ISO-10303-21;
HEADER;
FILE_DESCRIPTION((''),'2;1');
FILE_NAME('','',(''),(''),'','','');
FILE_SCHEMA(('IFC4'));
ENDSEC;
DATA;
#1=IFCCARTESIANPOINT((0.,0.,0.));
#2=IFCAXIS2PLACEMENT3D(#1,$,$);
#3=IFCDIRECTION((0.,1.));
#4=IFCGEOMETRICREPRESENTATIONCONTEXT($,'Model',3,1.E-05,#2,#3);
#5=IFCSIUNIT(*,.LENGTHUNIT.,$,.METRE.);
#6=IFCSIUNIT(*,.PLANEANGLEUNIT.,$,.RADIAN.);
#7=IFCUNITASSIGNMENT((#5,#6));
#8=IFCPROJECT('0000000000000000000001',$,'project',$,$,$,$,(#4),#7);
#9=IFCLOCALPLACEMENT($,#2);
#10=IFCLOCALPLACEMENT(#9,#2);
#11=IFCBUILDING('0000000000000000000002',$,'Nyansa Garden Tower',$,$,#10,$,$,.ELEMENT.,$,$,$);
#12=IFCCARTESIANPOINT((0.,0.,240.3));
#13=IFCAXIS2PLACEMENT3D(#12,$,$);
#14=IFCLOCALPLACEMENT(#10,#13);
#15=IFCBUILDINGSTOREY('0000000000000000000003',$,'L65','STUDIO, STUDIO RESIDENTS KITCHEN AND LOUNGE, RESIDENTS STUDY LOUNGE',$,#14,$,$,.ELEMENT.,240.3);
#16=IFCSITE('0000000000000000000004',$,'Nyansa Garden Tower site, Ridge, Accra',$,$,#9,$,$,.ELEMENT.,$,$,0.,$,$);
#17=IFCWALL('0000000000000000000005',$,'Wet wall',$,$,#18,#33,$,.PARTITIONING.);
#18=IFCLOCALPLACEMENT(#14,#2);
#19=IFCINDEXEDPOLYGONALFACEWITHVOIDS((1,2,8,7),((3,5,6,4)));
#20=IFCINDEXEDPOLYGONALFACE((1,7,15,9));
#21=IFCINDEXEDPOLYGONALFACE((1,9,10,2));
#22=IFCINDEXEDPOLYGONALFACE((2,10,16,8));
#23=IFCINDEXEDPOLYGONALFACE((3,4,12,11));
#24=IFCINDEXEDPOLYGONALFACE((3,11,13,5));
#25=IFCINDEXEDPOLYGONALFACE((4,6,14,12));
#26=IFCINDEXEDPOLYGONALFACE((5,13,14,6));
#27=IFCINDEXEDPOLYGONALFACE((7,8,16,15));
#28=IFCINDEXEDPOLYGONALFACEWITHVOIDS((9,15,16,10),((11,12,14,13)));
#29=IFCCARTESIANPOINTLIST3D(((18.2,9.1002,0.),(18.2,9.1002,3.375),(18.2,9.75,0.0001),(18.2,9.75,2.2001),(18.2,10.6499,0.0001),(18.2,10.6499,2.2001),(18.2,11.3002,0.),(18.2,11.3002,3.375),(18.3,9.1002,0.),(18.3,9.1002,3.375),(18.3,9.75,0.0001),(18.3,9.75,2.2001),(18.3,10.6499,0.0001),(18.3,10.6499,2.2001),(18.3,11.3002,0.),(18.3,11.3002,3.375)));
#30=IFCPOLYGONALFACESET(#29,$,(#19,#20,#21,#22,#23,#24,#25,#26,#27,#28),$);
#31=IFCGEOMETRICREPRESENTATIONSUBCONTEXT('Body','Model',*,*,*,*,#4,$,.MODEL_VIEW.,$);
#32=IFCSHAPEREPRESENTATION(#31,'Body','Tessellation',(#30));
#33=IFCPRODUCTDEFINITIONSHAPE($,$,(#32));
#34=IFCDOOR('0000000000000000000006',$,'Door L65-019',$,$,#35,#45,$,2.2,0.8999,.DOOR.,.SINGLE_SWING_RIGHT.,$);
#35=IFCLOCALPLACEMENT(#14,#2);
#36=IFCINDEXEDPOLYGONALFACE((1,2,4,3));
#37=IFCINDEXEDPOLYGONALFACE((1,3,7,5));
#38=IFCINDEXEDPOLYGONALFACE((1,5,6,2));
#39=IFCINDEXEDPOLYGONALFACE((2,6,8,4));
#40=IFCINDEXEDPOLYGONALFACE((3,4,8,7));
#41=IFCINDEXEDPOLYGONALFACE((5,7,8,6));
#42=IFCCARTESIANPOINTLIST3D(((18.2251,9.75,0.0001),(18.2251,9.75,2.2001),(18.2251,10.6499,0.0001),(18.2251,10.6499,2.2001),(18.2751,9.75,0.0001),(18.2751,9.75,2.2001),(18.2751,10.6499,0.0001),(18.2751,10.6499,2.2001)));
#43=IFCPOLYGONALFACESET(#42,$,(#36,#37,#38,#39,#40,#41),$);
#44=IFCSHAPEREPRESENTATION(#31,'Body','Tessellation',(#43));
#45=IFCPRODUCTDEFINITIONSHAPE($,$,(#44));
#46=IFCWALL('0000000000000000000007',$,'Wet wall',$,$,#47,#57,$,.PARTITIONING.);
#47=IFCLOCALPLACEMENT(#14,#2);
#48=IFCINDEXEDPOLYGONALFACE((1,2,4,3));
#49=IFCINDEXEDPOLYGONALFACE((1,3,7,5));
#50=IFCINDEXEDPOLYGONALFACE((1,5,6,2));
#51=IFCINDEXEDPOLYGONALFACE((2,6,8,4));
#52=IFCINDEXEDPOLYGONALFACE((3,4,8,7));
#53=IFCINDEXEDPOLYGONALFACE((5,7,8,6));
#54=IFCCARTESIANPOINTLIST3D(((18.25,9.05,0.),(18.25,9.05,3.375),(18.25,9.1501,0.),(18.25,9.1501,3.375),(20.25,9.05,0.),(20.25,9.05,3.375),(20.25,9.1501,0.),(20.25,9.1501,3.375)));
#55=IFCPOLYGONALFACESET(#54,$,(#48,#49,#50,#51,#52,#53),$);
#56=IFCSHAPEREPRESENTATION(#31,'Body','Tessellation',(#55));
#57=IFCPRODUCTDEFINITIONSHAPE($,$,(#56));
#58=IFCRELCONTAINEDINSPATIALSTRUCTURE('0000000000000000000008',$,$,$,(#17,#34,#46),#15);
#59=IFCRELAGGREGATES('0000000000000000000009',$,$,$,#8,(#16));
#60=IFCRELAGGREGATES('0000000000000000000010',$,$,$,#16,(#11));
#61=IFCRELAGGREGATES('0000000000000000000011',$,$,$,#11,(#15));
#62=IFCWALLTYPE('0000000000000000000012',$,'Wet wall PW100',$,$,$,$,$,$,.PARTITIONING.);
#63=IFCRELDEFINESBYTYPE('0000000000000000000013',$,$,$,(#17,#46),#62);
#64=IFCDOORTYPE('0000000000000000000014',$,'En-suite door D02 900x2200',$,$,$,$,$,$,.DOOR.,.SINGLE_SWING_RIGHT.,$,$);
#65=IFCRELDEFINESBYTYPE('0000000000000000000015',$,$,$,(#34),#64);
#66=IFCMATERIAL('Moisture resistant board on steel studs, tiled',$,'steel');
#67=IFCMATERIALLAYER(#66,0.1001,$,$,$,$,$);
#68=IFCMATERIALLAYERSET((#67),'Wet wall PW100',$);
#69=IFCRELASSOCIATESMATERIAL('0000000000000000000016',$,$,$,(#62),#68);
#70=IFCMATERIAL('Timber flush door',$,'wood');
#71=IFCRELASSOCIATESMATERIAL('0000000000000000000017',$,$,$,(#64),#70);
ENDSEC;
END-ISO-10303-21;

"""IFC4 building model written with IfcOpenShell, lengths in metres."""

from ifc_helpers import new_model, si_unit, direction, frame, frame_2d, origin, place, context, subcontext, project, spatial, rectangle, extrude, material, layer, layer_set, type_object, element, fill, save


model = new_model("IFC4")

# Units and contexts
model_context = context("Model", 3, precision=1e-05, world=origin(), true_north=direction((0.0, 1.0)))
body_context = subcontext(model_context, "Body", "Model", "MODEL_VIEW")
ifc_project = project(units=[si_unit("LENGTHUNIT", "METRE"), si_unit("PLANEANGLEUNIT", "RADIAN")], contexts=[model_context])

# Site, building, storey
site_placement = place(None, origin())
site = spatial("IfcSite", under=ifc_project, at=site_placement, Name="Nyansa Garden Tower site, Ridge, Accra", CompositionType="ELEMENT", RefElevation=0.0)
building_placement = place(site_placement, origin())
building = spatial("IfcBuilding", under=site, at=building_placement, Name="Nyansa Garden Tower", CompositionType="ELEMENT")
storey_placement = place(building_placement, frame((0.0, 0.0, 240.3)))
storey = spatial("IfcBuildingStorey", under=building, at=storey_placement, Name="L65", Description="STUDIO, STUDIO RESIDENTS KITCHEN AND LOUNGE, RESIDENTS STUDY LOUNGE", CompositionType="ELEMENT", Elevation=240.3)

# Wall, opening, door
ifc_material_1 = material(Name="Moisture resistant board on steel studs, tiled", Category="steel")
ifc_layer_1 = layer(ifc_material_1, 0.1001)
ifc_layer_set_1 = layer_set([ifc_layer_1], Name="Wet wall PW100")
wall_type_1 = type_object("IfcWallType", Name="Wet wall PW100", PredefinedType="PARTITIONING", material=ifc_layer_set_1)
wall_1_placement = place(storey_placement, frame((18.25, 9.1001, 0.0), z_axis=(0.0, 0.0, 1.0), x_axis=(0.0, 1.0, 0.0)))
wall_1 = element("IfcWall", 1, at=wall_1_placement, inside=storey, type_object=wall_type_1, Name="Wet wall", PredefinedType="PARTITIONING", context=body_context, shape_type="SweptSolid", body=[
    extrude(rectangle(XDim=2.2, YDim=0.1001, at=frame_2d((1.1001, 0.0))), origin(), (0.0, 0.0, 1.0), 3.375),
])
opening_1_placement = place(wall_1_placement, frame((0.6499, 0.0, 0.0)))
opening_1 = element("IfcOpeningElement", 2, at=opening_1_placement, cuts=wall_1, PredefinedType="OPENING", context=body_context, shape_type="SweptSolid", body=[
    extrude(rectangle(XDim=0.8999, YDim=2.2, at=frame_2d((0.45, 1.1001))), frame((0.0, 0.0601, 0.0), z_axis=(0.0, -1.0, 0.0), x_axis=(1.0, 0.0, 0.0)), (0.0, 0.0, 1.0), 0.1201),
])
ifc_material_2 = material(Name="Timber flush door", Category="wood")
door_type_1 = type_object("IfcDoorType", Name="En-suite door D02 900x2200", OperationType="SINGLE_SWING_RIGHT", PredefinedType="DOOR", material=ifc_material_2)
door_1_placement = place(opening_1_placement, origin())
door_1 = element("IfcDoor", 3, at=door_1_placement, inside=storey, type_object=door_type_1, Name="Door L65-019", OperationType="SINGLE_SWING_RIGHT", OverallHeight=2.2, OverallWidth=0.8999, PredefinedType="DOOR", context=body_context, shape_type="SweptSolid", body=[
    extrude(rectangle(XDim=0.8999, YDim=2.2, at=frame_2d((0.45, 1.1001))), frame((0.0, 0.0249, 0.0), z_axis=(0.0, -1.0, 0.0), x_axis=(1.0, 0.0, 0.0)), (0.0, 0.0, 1.0), 0.05),
])
fill(opening_1, door_1)

# Wall
wall_2_placement = place(storey_placement, frame((18.25, 9.1001, 0.0), z_axis=(0.0, 0.0, 1.0), x_axis=(1.0, 0.0, 0.0)))
element("IfcWall", 4, at=wall_2_placement, inside=storey, type_object=wall_type_1, Name="Wet wall", PredefinedType="PARTITIONING", context=body_context, shape_type="SweptSolid", body=[
    extrude(rectangle(XDim=2.0, YDim=0.1001, at=frame_2d((1.0, 0.0))), origin(), (0.0, 0.0, 1.0), 3.375),
])

save(model, "model.ifc")
